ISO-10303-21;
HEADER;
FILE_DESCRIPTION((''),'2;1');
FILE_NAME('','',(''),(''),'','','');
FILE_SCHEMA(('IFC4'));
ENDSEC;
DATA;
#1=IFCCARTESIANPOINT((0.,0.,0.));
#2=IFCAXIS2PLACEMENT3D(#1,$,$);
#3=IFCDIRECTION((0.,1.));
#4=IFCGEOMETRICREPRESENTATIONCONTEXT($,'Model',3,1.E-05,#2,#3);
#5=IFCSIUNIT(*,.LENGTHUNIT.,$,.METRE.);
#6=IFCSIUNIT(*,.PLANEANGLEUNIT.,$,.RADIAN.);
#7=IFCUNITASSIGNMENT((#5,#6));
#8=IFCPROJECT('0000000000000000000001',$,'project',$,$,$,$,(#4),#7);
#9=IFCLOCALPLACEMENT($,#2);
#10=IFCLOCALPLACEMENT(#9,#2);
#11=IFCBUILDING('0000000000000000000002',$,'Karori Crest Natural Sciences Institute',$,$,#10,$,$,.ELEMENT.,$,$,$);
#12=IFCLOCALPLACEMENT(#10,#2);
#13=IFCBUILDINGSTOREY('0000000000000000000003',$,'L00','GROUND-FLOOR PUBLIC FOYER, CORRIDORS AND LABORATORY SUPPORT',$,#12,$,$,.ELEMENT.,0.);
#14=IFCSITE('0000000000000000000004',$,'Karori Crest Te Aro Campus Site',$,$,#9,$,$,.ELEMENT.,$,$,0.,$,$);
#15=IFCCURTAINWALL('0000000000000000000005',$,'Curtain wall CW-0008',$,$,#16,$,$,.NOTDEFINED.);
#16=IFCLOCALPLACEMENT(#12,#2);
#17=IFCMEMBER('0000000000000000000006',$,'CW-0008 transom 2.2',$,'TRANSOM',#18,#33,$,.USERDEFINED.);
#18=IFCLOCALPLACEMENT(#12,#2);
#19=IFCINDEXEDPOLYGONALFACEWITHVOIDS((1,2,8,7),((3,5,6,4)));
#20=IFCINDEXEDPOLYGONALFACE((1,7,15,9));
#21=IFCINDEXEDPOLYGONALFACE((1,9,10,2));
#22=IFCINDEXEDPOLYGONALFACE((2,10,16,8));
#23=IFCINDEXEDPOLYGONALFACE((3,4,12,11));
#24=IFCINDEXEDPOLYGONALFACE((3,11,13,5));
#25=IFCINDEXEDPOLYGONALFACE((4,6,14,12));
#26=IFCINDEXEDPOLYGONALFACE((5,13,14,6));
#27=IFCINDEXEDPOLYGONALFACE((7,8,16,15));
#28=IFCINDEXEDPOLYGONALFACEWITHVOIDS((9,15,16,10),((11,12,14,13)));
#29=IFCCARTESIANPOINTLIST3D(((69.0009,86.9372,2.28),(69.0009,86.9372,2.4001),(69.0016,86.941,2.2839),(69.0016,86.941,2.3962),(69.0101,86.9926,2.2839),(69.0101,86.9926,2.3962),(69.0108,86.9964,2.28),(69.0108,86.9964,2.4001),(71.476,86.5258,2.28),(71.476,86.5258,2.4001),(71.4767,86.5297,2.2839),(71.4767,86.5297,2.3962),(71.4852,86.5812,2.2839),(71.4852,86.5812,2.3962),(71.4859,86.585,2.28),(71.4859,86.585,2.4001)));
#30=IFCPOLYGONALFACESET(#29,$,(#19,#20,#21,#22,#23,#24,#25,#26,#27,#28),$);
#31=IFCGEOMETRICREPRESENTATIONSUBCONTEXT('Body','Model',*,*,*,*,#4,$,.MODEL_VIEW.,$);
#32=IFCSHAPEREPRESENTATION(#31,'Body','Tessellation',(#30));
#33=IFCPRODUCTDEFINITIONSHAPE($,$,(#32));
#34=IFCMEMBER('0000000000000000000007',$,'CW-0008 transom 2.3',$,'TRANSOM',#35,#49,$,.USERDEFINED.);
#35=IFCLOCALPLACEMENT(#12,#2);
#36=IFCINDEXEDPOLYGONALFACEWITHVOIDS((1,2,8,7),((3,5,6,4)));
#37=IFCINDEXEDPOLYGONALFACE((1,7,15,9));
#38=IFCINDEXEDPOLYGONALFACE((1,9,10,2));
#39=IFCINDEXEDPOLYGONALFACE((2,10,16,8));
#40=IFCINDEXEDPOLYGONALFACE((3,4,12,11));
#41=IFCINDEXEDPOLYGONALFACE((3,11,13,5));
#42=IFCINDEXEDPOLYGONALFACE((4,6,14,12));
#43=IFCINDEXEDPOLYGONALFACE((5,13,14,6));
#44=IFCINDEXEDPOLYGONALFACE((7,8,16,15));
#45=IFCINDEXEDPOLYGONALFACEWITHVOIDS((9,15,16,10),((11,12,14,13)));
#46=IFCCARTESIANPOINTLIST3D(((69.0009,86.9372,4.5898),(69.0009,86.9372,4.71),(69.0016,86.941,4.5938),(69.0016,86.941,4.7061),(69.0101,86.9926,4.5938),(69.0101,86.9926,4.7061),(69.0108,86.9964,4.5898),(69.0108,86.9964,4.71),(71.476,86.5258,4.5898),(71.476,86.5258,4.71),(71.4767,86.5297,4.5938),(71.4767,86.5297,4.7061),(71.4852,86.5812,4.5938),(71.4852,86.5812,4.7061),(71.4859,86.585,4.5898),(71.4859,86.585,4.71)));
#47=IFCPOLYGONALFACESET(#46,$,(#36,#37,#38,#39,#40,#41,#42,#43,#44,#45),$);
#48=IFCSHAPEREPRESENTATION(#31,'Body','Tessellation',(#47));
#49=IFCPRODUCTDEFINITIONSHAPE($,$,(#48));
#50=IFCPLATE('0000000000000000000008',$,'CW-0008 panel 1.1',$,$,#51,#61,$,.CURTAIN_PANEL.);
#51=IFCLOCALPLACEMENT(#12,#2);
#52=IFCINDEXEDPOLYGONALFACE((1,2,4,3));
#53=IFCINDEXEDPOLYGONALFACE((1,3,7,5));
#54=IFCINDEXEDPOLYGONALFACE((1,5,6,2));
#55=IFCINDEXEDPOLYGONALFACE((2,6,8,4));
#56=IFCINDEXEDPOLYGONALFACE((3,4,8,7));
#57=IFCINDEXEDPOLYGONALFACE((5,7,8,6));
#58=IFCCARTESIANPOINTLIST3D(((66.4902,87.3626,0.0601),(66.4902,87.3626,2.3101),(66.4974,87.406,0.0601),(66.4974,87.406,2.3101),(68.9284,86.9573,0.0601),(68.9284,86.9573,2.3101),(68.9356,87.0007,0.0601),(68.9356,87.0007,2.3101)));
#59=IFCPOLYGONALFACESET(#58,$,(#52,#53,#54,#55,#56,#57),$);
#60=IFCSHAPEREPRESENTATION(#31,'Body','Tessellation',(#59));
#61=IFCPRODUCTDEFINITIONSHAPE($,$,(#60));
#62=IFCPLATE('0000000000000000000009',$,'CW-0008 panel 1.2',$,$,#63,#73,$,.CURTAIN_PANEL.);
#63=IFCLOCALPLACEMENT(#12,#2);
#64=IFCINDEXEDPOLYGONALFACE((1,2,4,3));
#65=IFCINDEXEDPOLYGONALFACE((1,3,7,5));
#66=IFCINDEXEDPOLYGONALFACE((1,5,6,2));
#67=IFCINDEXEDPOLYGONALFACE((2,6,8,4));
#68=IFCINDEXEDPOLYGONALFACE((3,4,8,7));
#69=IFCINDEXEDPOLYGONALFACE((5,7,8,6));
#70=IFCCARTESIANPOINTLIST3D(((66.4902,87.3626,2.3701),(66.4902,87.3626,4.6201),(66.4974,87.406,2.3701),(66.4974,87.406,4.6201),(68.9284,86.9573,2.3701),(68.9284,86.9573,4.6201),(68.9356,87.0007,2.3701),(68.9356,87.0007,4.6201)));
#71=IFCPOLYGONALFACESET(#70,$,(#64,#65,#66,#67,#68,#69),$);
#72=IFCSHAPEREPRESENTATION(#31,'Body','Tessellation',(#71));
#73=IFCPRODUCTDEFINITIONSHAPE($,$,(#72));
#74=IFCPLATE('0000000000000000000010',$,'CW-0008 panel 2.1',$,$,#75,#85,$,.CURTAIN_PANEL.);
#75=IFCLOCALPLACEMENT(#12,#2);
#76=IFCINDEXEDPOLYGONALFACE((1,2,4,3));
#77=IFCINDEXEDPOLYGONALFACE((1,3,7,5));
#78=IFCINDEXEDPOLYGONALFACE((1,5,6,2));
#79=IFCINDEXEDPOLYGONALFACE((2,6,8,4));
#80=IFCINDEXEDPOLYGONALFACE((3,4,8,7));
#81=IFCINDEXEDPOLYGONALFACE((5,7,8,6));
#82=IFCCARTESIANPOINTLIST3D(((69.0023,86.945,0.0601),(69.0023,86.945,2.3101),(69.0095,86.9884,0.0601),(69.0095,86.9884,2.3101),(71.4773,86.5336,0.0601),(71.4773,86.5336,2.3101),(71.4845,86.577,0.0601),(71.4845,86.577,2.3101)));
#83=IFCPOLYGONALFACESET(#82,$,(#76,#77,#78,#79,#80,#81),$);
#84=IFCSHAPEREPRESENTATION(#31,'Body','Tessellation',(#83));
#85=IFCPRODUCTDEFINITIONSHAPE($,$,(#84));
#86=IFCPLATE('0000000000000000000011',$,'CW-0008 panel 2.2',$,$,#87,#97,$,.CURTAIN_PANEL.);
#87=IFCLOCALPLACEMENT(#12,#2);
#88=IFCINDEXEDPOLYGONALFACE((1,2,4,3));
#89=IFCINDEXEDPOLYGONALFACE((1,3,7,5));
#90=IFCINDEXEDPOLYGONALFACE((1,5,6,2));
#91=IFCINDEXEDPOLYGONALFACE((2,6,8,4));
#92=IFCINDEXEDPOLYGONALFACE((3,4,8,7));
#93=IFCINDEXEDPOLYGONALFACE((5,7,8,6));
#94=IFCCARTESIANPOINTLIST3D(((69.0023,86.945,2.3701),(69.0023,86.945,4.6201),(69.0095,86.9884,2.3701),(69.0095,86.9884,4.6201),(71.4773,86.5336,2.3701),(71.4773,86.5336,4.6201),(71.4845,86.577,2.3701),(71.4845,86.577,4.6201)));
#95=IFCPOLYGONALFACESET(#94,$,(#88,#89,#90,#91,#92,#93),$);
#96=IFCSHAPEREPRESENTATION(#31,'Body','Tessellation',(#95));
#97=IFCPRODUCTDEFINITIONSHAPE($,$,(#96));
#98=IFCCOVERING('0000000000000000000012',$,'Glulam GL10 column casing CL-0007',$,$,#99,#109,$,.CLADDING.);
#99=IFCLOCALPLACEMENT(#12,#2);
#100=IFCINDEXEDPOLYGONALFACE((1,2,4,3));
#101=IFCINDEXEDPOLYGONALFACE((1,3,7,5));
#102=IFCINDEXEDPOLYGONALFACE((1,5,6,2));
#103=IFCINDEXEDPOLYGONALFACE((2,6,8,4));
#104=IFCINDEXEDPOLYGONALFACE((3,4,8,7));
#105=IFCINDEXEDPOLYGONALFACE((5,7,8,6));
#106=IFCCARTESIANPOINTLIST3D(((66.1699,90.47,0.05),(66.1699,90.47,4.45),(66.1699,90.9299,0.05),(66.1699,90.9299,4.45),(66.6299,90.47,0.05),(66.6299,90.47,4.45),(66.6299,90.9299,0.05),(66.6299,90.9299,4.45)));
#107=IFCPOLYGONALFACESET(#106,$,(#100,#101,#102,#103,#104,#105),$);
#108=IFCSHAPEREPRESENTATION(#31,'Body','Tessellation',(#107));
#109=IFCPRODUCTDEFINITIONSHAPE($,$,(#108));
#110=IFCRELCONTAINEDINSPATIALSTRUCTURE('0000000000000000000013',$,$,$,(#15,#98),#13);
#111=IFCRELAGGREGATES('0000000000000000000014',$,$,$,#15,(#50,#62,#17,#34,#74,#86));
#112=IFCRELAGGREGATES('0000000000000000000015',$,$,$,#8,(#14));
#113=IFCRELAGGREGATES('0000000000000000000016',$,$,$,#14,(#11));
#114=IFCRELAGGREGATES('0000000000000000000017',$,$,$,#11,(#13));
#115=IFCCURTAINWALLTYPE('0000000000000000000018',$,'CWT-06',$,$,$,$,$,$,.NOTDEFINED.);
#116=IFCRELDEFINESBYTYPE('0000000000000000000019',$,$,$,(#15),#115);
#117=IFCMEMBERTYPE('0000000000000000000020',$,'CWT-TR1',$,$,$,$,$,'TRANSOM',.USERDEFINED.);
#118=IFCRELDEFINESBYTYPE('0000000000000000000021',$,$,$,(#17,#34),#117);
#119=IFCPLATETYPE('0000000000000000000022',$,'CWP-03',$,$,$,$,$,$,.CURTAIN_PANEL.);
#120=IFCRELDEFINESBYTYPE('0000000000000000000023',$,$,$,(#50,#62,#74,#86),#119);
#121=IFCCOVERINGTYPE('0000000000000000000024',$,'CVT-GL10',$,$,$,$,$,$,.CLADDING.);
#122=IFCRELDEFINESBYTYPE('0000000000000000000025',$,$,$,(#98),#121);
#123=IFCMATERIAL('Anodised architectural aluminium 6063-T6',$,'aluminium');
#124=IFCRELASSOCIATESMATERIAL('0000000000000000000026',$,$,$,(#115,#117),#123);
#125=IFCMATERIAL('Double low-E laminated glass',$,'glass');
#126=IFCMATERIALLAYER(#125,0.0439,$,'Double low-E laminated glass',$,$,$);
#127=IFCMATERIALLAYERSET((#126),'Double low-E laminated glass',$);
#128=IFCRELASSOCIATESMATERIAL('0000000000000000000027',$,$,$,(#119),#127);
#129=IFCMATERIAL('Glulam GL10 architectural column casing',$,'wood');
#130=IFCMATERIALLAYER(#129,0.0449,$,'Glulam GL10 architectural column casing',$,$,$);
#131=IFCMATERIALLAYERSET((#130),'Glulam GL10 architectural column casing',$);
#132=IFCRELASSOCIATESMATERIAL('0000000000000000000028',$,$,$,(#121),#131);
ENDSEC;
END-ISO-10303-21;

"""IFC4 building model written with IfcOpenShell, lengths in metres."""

from ifc_helpers import new_model, si_unit, direction, frame, origin, origin_2d, place, context, subcontext, project, spatial, rectangle, hollow_rectangle, extrude, material, layer, layer_set, material_profile, profile_set, type_object, element, aggregate, save


model = new_model("IFC4")

# Units and contexts
model_context = context("Model", 3, precision=1e-05, world=origin(), true_north=direction((0.0, 1.0)))
body_context = subcontext(model_context, "Body", "Model", "MODEL_VIEW")
ifc_project = project(units=[si_unit("LENGTHUNIT", "METRE"), si_unit("PLANEANGLEUNIT", "RADIAN")], contexts=[model_context])

# Site, building, storey
site_placement = place(None, origin())
site = spatial("IfcSite", under=ifc_project, at=site_placement, Name="Karori Crest Te Aro Campus Site", CompositionType="ELEMENT", RefElevation=0.0)
building_placement = place(site_placement, origin())
building = spatial("IfcBuilding", under=site, at=building_placement, Name="Karori Crest Natural Sciences Institute", CompositionType="ELEMENT")
storey_placement = place(building_placement, origin())
storey = spatial("IfcBuildingStorey", under=building, at=storey_placement, Name="L00", Description="GROUND-FLOOR PUBLIC FOYER, CORRIDORS AND LABORATORY SUPPORT", CompositionType="ELEMENT", Elevation=0.0)

# Curtain wall, members, plates
ifc_material_1 = material(Name="Anodised architectural aluminium 6063-T6", Category="aluminium")
curtain_wall_type = type_object("IfcCurtainWallType", Name="CWT-06", PredefinedType="NOTDEFINED", material=ifc_material_1)
curtain_wall_placement = place(storey_placement, origin())
curtain_wall = element("IfcCurtainWall", 1, at=curtain_wall_placement, inside=storey, type_object=curtain_wall_type, Name="Curtain wall CW-0008", PredefinedType="NOTDEFINED")
ifc_material_profile_1 = material_profile(ifc_material_1, hollow_rectangle(XDim=0.0601, YDim=0.1201, WallThickness=0.0039, at=origin_2d()), Name="CWT120x60x4")
ifc_profile_set_1 = profile_set([ifc_material_profile_1], Name="Anodised architectural aluminium 6063-T6")
member_type_1 = type_object("IfcMemberType", Name="CWT-TR1", ElementType="TRANSOM", PredefinedType="USERDEFINED", material=ifc_profile_set_1)
member_1_placement = place(storey_placement, frame((69.0059, 86.9668, 2.3401), z_axis=(0.986467, -0.163957, 0.0), x_axis=(0.163957, 0.986467, 0.0)))
member_1 = element("IfcMember", 2, at=member_1_placement, type_object=member_type_1, Name="CW-0008 transom 2.2", ObjectType="TRANSOM", PredefinedType="USERDEFINED", context=body_context, shape_type="SweptSolid", body=[
    extrude(hollow_rectangle(XDim=0.0601, YDim=0.1201, WallThickness=0.0039, at=origin_2d()), origin(), (0.0, 0.0, 1.0), 2.509),
])
member_2_placement = place(storey_placement, frame((69.0059, 86.9668, 4.6499), z_axis=(0.986467, -0.163957, 0.0), x_axis=(0.163957, 0.986467, 0.0)))
member_2 = element("IfcMember", 3, at=member_2_placement, type_object=member_type_1, Name="CW-0008 transom 2.3", ObjectType="TRANSOM", PredefinedType="USERDEFINED", context=body_context, shape_type="SweptSolid", body=[
    extrude(hollow_rectangle(XDim=0.0601, YDim=0.1201, WallThickness=0.0039, at=origin_2d()), origin(), (0.0, 0.0, 1.0), 2.509),
])
ifc_material_2 = material(Name="Double low-E laminated glass", Category="glass")
ifc_layer_1 = layer(ifc_material_2, 0.0439, Name="Double low-E laminated glass")
ifc_layer_set_1 = layer_set([ifc_layer_1], Name="Double low-E laminated glass")
plate_type = type_object("IfcPlateType", Name="CWP-03", PredefinedType="CURTAIN_PANEL", material=ifc_layer_set_1)
plate_1_placement = place(storey_placement, frame((67.7129, 87.1816, 0.0601), z_axis=(0.0, 0.0, 1.0), x_axis=(0.986465, -0.163974, 0.0)))
plate_1 = element("IfcPlate", 4, at=plate_1_placement, type_object=plate_type, Name="CW-0008 panel 1.1", PredefinedType="CURTAIN_PANEL", context=body_context, shape_type="SweptSolid", body=[
    extrude(rectangle(XDim=2.4717, YDim=0.0439, at=origin_2d()), origin(), (0.0, 0.0, 1.0), 2.25),
])
plate_2_placement = place(storey_placement, frame((67.7129, 87.1816, 2.3701), z_axis=(0.0, 0.0, 1.0), x_axis=(0.986465, -0.163974, 0.0)))
plate_2 = element("IfcPlate", 5, at=plate_2_placement, type_object=plate_type, Name="CW-0008 panel 1.2", PredefinedType="CURTAIN_PANEL", context=body_context, shape_type="SweptSolid", body=[
    extrude(rectangle(XDim=2.4717, YDim=0.0439, at=origin_2d()), origin(), (0.0, 0.0, 1.0), 2.25),
])
plate_3_placement = place(storey_placement, frame((70.2434, 86.761, 0.0601), z_axis=(0.0, 0.0, 1.0), x_axis=(0.986465, -0.163974, 0.0)))
plate_3 = element("IfcPlate", 6, at=plate_3_placement, type_object=plate_type, Name="CW-0008 panel 2.1", PredefinedType="CURTAIN_PANEL", context=body_context, shape_type="SweptSolid", body=[
    extrude(rectangle(XDim=2.509, YDim=0.0439, at=origin_2d()), origin(), (0.0, 0.0, 1.0), 2.25),
])
plate_4_placement = place(storey_placement, frame((70.2434, 86.761, 2.3701), z_axis=(0.0, 0.0, 1.0), x_axis=(0.986465, -0.163974, 0.0)))
plate_4 = element("IfcPlate", 7, at=plate_4_placement, type_object=plate_type, Name="CW-0008 panel 2.2", PredefinedType="CURTAIN_PANEL", context=body_context, shape_type="SweptSolid", body=[
    extrude(rectangle(XDim=2.509, YDim=0.0439, at=origin_2d()), origin(), (0.0, 0.0, 1.0), 2.25),
])
aggregate(curtain_wall, [plate_1, plate_2, member_1, member_2, plate_3, plate_4])

# Covering
ifc_material_3 = material(Name="Glulam GL10 architectural column casing", Category="wood")
ifc_layer_2 = layer(ifc_material_3, 0.0449, Name="Glulam GL10 architectural column casing")
ifc_layer_set_2 = layer_set([ifc_layer_2], Name="Glulam GL10 architectural column casing")
covering_type = type_object("IfcCoveringType", Name="CVT-GL10", PredefinedType="CLADDING", material=ifc_layer_set_2)
covering_placement = place(storey_placement, frame((66.3999, 90.7, 0.05), z_axis=(0.0, 0.0, 1.0), x_axis=(0.0, 1.0, 0.0)))
element("IfcCovering", 8, at=covering_placement, inside=storey, type_object=covering_type, Name="Glulam GL10 column casing CL-0007", PredefinedType="CLADDING", context=body_context, shape_type="SweptSolid", body=[
    extrude(rectangle(XDim=0.46, YDim=0.46, at=origin_2d()), origin(), (0.0, 0.0, 1.0), 4.3999),
])

save(model, "model.ifc")
